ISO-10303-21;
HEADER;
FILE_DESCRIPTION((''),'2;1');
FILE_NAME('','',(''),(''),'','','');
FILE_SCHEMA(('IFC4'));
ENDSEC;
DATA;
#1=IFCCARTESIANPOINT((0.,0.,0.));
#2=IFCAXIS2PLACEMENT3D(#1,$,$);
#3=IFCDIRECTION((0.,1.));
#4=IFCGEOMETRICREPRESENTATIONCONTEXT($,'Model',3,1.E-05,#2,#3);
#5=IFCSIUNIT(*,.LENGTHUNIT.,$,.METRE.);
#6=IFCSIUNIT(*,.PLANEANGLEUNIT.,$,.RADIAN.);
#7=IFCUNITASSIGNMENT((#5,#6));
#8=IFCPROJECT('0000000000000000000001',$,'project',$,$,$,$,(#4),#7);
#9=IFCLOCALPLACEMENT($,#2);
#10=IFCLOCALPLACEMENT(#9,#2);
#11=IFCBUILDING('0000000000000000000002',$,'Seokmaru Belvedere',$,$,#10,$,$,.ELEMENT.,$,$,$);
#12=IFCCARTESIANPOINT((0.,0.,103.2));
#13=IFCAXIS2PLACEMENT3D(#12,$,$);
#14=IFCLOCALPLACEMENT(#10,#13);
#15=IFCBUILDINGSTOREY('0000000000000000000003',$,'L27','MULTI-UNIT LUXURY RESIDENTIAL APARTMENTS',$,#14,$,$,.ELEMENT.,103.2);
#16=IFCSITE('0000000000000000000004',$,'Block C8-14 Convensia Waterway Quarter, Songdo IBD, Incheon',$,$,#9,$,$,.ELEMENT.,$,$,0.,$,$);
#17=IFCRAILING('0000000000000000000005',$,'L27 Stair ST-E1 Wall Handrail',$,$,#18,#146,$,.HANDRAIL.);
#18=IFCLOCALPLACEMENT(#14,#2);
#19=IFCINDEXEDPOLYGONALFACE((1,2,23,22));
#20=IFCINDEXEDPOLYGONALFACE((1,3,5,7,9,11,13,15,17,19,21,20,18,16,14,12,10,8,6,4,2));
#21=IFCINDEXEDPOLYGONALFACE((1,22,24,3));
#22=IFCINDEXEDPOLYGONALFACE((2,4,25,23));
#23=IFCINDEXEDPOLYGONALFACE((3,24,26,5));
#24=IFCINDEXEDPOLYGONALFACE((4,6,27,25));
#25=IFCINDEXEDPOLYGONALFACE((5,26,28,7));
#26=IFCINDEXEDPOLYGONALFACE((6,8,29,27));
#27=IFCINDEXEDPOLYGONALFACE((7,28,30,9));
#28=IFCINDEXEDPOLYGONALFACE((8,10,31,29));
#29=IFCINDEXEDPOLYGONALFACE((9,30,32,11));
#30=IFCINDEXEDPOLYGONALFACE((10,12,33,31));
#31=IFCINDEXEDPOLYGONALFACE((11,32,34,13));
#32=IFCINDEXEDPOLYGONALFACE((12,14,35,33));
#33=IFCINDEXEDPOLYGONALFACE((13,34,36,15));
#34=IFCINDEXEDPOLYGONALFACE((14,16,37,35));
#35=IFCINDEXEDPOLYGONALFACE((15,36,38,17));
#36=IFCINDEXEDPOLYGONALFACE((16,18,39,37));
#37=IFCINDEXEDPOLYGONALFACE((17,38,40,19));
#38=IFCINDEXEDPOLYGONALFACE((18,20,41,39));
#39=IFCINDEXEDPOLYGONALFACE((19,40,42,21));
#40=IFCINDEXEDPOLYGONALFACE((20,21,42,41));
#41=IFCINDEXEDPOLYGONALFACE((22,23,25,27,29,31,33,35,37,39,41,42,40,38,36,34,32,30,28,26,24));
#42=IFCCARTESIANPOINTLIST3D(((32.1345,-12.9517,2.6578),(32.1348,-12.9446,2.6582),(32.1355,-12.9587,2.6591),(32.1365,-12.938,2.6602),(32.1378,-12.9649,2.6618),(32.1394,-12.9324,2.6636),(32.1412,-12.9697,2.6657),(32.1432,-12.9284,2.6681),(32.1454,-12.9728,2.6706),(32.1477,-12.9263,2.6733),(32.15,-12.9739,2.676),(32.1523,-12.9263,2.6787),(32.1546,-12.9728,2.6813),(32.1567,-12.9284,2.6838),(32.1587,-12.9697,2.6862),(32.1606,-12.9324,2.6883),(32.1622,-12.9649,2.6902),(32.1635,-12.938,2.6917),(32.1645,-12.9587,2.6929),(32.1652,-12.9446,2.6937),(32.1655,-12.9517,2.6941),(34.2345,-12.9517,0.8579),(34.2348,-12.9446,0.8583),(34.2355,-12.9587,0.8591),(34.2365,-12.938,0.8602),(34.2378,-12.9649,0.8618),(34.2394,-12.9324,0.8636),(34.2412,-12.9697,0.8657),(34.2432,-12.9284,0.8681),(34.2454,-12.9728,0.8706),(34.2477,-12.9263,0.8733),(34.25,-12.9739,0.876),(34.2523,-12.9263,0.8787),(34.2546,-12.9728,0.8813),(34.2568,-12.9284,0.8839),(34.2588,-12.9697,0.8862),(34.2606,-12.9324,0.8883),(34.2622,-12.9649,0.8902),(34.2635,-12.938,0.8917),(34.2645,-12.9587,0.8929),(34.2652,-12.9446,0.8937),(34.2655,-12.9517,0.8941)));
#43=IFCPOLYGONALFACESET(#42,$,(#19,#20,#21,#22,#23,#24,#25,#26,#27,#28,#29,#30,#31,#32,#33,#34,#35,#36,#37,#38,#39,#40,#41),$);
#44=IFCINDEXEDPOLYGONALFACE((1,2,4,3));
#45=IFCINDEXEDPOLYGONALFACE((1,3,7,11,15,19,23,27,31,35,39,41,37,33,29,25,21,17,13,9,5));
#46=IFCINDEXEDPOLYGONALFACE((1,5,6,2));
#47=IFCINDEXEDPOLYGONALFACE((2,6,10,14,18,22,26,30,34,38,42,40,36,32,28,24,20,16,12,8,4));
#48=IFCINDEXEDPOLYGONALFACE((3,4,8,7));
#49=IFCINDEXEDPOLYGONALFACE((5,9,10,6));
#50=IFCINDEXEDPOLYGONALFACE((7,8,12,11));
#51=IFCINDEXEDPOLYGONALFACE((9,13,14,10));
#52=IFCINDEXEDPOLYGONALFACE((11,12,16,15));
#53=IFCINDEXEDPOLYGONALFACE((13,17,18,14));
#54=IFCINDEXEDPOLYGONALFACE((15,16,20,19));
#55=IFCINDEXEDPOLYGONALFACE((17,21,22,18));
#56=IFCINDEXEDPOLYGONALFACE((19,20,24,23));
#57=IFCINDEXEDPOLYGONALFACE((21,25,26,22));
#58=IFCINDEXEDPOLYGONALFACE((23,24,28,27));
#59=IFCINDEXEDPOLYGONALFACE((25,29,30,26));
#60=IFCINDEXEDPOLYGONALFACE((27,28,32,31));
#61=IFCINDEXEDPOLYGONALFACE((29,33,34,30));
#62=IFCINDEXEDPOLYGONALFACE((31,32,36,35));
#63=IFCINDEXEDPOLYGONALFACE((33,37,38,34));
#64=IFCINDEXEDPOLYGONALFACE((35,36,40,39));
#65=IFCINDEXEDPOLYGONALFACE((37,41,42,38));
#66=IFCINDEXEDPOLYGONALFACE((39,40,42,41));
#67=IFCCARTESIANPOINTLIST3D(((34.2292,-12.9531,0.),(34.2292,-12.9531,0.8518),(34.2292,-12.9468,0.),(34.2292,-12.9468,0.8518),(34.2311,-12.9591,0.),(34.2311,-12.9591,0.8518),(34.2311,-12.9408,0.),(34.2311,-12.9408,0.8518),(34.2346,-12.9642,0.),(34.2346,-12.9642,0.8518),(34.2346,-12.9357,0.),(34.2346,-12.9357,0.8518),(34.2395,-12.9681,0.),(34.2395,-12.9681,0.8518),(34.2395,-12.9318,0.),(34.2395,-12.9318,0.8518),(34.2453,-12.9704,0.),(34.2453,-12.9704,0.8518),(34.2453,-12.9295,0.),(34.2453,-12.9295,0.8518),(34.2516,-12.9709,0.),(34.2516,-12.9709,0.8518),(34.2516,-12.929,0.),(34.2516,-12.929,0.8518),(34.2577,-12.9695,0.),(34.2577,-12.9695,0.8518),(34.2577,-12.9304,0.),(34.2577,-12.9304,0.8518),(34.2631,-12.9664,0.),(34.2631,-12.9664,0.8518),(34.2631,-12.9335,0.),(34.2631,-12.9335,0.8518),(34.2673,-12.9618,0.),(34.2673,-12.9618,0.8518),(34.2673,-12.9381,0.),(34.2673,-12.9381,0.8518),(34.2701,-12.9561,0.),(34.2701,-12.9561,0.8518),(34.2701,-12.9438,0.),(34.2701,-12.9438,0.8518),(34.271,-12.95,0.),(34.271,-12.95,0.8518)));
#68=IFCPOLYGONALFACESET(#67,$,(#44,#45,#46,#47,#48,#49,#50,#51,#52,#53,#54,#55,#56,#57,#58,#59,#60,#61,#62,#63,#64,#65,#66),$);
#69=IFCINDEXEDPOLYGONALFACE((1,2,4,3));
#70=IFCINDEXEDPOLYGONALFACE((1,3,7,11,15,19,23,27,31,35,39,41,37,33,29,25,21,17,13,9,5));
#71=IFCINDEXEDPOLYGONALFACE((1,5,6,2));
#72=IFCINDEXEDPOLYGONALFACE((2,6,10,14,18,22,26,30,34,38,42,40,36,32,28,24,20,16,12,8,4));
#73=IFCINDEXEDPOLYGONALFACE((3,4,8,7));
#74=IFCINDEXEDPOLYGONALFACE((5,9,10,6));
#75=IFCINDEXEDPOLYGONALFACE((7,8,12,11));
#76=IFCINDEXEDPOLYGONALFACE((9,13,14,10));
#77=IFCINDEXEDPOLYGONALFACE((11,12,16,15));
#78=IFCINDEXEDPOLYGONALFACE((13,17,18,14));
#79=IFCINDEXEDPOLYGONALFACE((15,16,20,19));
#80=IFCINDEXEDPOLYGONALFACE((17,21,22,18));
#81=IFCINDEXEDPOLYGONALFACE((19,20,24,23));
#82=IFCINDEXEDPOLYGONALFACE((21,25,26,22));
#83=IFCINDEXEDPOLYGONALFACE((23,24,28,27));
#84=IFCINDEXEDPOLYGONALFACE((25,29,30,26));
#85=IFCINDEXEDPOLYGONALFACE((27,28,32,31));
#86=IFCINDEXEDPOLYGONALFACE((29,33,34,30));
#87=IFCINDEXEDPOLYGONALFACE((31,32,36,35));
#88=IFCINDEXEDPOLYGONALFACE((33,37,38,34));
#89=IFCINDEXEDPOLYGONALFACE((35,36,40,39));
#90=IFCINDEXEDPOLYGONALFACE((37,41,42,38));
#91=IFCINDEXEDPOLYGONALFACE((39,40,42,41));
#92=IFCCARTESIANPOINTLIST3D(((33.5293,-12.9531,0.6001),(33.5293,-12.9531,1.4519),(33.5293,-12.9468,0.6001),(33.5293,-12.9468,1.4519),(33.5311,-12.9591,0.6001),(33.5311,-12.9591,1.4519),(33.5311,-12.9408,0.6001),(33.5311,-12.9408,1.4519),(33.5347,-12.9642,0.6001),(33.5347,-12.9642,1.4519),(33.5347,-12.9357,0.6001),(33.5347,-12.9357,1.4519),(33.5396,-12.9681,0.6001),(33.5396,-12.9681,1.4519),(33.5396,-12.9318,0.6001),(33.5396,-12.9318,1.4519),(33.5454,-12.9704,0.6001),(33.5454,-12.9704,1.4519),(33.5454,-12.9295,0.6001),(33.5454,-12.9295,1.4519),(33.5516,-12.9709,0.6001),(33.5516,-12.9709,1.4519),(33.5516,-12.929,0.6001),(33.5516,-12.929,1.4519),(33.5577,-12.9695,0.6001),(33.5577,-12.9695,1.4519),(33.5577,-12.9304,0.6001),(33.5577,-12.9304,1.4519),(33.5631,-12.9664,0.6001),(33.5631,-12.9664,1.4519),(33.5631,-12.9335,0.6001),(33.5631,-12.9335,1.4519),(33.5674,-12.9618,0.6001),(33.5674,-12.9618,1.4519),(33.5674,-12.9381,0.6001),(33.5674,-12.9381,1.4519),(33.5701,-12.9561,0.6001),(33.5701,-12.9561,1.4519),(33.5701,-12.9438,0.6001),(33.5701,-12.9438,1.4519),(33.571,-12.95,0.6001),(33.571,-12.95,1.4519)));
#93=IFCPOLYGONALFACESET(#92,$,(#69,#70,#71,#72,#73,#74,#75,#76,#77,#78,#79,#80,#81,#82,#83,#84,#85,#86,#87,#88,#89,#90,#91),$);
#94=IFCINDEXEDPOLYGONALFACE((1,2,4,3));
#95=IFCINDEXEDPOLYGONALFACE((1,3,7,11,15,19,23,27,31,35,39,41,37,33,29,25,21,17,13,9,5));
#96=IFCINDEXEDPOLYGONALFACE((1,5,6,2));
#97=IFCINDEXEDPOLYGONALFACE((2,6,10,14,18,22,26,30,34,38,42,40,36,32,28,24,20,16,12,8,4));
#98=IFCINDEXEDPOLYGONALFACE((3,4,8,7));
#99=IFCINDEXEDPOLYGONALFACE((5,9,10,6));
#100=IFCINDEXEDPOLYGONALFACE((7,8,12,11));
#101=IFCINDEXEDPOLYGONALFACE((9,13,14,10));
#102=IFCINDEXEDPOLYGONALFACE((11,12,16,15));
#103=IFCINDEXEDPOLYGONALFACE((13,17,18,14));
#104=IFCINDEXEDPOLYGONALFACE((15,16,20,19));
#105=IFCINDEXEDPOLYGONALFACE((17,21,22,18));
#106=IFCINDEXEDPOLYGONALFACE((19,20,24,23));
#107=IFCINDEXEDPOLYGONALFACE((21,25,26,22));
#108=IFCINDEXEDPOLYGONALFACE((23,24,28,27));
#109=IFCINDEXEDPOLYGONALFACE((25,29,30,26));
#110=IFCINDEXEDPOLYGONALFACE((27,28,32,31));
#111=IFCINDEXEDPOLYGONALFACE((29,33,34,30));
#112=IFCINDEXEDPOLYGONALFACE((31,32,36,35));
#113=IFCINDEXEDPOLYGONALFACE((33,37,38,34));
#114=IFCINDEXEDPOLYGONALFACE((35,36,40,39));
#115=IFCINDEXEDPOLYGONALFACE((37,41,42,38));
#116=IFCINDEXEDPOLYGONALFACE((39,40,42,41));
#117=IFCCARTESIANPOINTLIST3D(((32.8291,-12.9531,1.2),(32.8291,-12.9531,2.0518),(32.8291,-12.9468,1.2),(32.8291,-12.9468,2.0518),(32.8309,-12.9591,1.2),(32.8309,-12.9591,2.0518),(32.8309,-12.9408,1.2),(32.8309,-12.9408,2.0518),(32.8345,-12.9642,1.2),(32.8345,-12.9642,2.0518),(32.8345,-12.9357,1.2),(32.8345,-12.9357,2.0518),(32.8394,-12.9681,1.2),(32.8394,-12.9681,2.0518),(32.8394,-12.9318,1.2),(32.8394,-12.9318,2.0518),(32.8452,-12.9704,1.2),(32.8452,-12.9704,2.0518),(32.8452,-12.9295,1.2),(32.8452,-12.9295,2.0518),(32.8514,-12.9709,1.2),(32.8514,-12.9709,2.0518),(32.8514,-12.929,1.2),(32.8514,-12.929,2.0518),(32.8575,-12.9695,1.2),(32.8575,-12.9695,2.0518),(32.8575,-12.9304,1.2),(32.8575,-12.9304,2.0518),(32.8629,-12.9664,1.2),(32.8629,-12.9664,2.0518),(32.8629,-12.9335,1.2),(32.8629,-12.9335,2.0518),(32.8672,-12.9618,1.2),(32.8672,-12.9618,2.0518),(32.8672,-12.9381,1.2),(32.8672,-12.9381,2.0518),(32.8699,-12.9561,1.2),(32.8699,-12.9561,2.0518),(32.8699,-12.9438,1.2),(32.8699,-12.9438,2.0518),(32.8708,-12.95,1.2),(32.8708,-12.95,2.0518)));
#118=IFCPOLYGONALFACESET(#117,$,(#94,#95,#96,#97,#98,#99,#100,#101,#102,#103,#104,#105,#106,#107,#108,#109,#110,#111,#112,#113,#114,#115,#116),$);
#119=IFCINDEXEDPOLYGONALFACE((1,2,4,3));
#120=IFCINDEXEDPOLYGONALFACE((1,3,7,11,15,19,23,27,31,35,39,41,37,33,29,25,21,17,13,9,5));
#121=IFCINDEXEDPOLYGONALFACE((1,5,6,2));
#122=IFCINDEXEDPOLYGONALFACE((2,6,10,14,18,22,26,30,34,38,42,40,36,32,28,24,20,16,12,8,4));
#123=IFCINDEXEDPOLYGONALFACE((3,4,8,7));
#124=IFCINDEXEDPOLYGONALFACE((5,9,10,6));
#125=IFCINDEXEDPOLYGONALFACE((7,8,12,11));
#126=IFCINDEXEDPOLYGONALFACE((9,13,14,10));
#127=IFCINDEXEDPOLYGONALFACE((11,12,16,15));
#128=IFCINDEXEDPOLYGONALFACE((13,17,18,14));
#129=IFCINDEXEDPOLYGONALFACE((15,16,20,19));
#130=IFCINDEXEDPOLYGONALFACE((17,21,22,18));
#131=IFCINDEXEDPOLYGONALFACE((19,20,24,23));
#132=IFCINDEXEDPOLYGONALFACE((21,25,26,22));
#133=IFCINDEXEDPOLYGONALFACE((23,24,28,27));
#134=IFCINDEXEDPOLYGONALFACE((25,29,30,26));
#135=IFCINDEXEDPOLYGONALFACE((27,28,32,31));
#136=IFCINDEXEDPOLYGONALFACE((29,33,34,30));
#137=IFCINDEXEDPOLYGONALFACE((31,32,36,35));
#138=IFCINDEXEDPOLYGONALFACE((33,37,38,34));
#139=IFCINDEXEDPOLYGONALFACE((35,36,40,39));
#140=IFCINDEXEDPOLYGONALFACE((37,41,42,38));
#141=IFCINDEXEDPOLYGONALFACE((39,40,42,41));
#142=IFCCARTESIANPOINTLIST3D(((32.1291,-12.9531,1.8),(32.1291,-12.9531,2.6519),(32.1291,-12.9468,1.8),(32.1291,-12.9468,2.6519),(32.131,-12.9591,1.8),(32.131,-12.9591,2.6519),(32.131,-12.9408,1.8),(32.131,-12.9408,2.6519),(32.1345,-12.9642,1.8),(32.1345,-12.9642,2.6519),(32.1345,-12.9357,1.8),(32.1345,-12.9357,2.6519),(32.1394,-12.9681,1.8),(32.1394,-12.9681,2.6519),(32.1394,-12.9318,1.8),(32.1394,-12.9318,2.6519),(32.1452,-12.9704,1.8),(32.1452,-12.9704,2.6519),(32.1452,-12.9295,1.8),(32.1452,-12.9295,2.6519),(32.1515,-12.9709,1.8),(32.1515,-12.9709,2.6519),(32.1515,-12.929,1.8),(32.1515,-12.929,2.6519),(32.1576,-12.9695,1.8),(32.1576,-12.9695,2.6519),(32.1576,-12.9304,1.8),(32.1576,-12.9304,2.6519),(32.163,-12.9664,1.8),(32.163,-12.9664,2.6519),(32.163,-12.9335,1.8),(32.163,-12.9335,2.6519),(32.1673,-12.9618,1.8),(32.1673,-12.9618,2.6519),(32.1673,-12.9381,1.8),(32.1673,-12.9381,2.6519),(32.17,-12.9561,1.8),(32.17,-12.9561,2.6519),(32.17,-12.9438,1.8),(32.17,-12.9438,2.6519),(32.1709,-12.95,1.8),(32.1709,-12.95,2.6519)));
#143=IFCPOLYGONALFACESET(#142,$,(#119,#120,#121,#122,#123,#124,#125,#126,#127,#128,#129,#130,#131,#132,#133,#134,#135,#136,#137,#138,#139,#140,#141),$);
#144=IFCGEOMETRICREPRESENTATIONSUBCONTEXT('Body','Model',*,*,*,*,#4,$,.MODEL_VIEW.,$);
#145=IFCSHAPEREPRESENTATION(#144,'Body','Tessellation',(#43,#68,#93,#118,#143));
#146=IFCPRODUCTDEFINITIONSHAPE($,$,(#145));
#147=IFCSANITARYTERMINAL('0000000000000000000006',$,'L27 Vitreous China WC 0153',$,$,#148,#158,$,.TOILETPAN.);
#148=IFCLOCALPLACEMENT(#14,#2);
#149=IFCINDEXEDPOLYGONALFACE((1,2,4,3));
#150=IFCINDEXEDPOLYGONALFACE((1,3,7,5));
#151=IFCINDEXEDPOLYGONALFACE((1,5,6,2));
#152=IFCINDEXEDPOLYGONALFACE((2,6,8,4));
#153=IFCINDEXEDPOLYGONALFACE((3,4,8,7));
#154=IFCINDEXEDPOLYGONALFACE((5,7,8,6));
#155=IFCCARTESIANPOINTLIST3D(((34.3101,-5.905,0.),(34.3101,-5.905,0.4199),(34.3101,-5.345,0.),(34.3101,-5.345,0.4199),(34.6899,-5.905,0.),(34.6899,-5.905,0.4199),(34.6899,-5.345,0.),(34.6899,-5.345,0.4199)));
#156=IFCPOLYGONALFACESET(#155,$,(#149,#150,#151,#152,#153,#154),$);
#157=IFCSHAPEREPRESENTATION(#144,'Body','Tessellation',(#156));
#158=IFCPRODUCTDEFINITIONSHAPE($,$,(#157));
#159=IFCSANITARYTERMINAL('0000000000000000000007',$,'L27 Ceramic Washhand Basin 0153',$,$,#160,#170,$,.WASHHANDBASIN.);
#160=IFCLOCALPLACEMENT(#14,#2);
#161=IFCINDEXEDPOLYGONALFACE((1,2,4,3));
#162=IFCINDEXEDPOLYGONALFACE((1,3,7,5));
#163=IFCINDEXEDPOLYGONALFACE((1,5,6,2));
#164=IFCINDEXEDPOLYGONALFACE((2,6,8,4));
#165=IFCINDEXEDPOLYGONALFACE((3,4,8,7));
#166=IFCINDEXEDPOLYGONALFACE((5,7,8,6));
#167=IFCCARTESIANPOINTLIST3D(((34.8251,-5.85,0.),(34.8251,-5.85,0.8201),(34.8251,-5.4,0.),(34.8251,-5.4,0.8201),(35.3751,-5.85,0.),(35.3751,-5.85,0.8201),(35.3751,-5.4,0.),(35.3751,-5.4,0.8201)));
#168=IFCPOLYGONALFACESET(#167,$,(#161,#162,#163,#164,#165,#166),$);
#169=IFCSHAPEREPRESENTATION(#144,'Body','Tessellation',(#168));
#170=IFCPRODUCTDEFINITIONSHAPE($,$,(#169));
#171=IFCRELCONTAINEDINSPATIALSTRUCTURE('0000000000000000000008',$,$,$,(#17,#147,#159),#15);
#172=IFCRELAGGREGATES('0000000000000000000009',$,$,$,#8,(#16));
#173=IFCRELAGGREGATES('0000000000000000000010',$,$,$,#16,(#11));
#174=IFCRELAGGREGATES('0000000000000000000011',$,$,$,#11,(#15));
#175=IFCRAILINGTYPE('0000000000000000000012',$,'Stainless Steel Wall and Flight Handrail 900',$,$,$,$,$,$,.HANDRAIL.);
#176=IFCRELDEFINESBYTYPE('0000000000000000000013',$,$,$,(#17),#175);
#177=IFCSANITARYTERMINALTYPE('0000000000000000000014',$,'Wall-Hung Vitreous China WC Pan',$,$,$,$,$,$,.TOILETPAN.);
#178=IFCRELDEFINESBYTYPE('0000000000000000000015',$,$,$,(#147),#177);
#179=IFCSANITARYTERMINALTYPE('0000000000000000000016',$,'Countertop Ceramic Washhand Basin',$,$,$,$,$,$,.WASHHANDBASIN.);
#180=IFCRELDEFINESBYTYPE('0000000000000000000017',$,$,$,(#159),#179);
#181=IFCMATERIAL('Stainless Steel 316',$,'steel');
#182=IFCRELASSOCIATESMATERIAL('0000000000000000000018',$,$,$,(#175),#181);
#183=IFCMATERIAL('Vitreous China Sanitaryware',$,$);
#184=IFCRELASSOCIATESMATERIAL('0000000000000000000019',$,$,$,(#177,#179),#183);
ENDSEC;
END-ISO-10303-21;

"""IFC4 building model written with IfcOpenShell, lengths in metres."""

from ifc_helpers import new_model, si_unit, direction, frame, origin, origin_2d, place, context, subcontext, project, spatial, rectangle, circle, extrude, source, transform, mapped, material, type_object, type_shapes, element, save


model = new_model("IFC4")

# Units and contexts
model_context = context("Model", 3, precision=1e-05, world=origin(), true_north=direction((0.0, 1.0)))
body_context = subcontext(model_context, "Body", "Model", "MODEL_VIEW")
ifc_project = project(units=[si_unit("LENGTHUNIT", "METRE"), si_unit("PLANEANGLEUNIT", "RADIAN")], contexts=[model_context])

# Site, building, storey
site_placement = place(None, origin())
site = spatial("IfcSite", under=ifc_project, at=site_placement, Name="Block C8-14 Convensia Waterway Quarter, Songdo IBD, Incheon", CompositionType="ELEMENT", RefElevation=0.0)
building_placement = place(site_placement, origin())
building = spatial("IfcBuilding", under=site, at=building_placement, Name="Seokmaru Belvedere", CompositionType="ELEMENT")
storey_placement = place(building_placement, frame((0.0, 0.0, 103.2)))
storey = spatial("IfcBuildingStorey", under=building, at=storey_placement, Name="L27", Description="MULTI-UNIT LUXURY RESIDENTIAL APARTMENTS", CompositionType="ELEMENT", Elevation=103.2)

# Shared definitions
ifc_material_1 = material(Name="Stainless Steel 316", Category="steel")

# Railing
railing_type_1 = type_object("IfcRailingType", Name="Stainless Steel Wall and Flight Handrail 900", PredefinedType="HANDRAIL", material=ifc_material_1)
railing_1_placement = place(storey_placement, frame((34.25, -12.95, 0.0)))
element("IfcRailing", 1, at=railing_1_placement, inside=storey, type_object=railing_type_1, Name="L27 Stair ST-E1 Wall Handrail", PredefinedType="HANDRAIL", context=body_context, shape_type="SweptSolid", body=[
    extrude(circle(Radius=0.0239, at=origin_2d()), frame((0.0, 0.0, 0.876), z_axis=(-0.759263, 0.0, 0.650784), x_axis=(0.0, -1.0, 0.0)), (0.0, 0.0, 1.0), 2.7659),
    extrude(circle(Radius=0.021, at=origin_2d()), origin(), (0.0, 0.0, 1.0), 0.8518),
    extrude(circle(Radius=0.021, at=origin_2d()), frame((-0.7, 0.0, 0.6001)), (0.0, 0.0, 1.0), 0.8518),
    extrude(circle(Radius=0.021, at=origin_2d()), frame((-1.4001, 0.0, 1.2)), (0.0, 0.0, 1.0), 0.8518),
    extrude(circle(Radius=0.021, at=origin_2d()), frame((-2.1001, 0.0, 1.8)), (0.0, 0.0, 1.0), 0.8518),
])

# Sanitary terminals
ifc_material_2 = material(Name="Vitreous China Sanitaryware")
sanitary_terminal_type_1 = type_object("IfcSanitaryTerminalType", Name="Wall-Hung Vitreous China WC Pan", PredefinedType="TOILETPAN", material=ifc_material_2)
shared_shape_1 = source(origin(), body_context, "Body", "SweptSolid", [
    extrude(rectangle(XDim=0.3799, YDim=0.5601, at=origin_2d()), origin(), (0.0, 0.0, 1.0), 0.4199),
])
type_shapes(sanitary_terminal_type_1, [shared_shape_1])
sanitary_terminal_1_placement = place(storey_placement, frame((34.5, -5.625, 0.0), z_axis=(0.0, 0.0, 1.0), x_axis=(1.0, 0.0, 0.0)))
element("IfcSanitaryTerminal", 2, at=sanitary_terminal_1_placement, inside=storey, type_object=sanitary_terminal_type_1, Name="L27 Vitreous China WC 0153", PredefinedType="TOILETPAN", context=body_context, shape_type="MappedRepresentation", body=[
    mapped(shared_shape_1, transform((0.0, 0.0, 0.0), scale=1.0)),
])
sanitary_terminal_type_2 = type_object("IfcSanitaryTerminalType", Name="Countertop Ceramic Washhand Basin", PredefinedType="WASHHANDBASIN", material=ifc_material_2)
shared_shape_2 = source(origin(), body_context, "Body", "SweptSolid", [
    extrude(rectangle(XDim=0.55, YDim=0.45, at=origin_2d()), origin(), (0.0, 0.0, 1.0), 0.8201),
])
type_shapes(sanitary_terminal_type_2, [shared_shape_2])
sanitary_terminal_2_placement = place(storey_placement, frame((35.1001, -5.625, 0.0), z_axis=(0.0, 0.0, 1.0), x_axis=(1.0, 0.0, 0.0)))
element("IfcSanitaryTerminal", 3, at=sanitary_terminal_2_placement, inside=storey, type_object=sanitary_terminal_type_2, Name="L27 Ceramic Washhand Basin 0153", PredefinedType="WASHHANDBASIN", context=body_context, shape_type="MappedRepresentation", body=[
    mapped(shared_shape_2, transform((0.0, 0.0, 0.0), scale=1.0)),
])

save(model, "model.ifc")
